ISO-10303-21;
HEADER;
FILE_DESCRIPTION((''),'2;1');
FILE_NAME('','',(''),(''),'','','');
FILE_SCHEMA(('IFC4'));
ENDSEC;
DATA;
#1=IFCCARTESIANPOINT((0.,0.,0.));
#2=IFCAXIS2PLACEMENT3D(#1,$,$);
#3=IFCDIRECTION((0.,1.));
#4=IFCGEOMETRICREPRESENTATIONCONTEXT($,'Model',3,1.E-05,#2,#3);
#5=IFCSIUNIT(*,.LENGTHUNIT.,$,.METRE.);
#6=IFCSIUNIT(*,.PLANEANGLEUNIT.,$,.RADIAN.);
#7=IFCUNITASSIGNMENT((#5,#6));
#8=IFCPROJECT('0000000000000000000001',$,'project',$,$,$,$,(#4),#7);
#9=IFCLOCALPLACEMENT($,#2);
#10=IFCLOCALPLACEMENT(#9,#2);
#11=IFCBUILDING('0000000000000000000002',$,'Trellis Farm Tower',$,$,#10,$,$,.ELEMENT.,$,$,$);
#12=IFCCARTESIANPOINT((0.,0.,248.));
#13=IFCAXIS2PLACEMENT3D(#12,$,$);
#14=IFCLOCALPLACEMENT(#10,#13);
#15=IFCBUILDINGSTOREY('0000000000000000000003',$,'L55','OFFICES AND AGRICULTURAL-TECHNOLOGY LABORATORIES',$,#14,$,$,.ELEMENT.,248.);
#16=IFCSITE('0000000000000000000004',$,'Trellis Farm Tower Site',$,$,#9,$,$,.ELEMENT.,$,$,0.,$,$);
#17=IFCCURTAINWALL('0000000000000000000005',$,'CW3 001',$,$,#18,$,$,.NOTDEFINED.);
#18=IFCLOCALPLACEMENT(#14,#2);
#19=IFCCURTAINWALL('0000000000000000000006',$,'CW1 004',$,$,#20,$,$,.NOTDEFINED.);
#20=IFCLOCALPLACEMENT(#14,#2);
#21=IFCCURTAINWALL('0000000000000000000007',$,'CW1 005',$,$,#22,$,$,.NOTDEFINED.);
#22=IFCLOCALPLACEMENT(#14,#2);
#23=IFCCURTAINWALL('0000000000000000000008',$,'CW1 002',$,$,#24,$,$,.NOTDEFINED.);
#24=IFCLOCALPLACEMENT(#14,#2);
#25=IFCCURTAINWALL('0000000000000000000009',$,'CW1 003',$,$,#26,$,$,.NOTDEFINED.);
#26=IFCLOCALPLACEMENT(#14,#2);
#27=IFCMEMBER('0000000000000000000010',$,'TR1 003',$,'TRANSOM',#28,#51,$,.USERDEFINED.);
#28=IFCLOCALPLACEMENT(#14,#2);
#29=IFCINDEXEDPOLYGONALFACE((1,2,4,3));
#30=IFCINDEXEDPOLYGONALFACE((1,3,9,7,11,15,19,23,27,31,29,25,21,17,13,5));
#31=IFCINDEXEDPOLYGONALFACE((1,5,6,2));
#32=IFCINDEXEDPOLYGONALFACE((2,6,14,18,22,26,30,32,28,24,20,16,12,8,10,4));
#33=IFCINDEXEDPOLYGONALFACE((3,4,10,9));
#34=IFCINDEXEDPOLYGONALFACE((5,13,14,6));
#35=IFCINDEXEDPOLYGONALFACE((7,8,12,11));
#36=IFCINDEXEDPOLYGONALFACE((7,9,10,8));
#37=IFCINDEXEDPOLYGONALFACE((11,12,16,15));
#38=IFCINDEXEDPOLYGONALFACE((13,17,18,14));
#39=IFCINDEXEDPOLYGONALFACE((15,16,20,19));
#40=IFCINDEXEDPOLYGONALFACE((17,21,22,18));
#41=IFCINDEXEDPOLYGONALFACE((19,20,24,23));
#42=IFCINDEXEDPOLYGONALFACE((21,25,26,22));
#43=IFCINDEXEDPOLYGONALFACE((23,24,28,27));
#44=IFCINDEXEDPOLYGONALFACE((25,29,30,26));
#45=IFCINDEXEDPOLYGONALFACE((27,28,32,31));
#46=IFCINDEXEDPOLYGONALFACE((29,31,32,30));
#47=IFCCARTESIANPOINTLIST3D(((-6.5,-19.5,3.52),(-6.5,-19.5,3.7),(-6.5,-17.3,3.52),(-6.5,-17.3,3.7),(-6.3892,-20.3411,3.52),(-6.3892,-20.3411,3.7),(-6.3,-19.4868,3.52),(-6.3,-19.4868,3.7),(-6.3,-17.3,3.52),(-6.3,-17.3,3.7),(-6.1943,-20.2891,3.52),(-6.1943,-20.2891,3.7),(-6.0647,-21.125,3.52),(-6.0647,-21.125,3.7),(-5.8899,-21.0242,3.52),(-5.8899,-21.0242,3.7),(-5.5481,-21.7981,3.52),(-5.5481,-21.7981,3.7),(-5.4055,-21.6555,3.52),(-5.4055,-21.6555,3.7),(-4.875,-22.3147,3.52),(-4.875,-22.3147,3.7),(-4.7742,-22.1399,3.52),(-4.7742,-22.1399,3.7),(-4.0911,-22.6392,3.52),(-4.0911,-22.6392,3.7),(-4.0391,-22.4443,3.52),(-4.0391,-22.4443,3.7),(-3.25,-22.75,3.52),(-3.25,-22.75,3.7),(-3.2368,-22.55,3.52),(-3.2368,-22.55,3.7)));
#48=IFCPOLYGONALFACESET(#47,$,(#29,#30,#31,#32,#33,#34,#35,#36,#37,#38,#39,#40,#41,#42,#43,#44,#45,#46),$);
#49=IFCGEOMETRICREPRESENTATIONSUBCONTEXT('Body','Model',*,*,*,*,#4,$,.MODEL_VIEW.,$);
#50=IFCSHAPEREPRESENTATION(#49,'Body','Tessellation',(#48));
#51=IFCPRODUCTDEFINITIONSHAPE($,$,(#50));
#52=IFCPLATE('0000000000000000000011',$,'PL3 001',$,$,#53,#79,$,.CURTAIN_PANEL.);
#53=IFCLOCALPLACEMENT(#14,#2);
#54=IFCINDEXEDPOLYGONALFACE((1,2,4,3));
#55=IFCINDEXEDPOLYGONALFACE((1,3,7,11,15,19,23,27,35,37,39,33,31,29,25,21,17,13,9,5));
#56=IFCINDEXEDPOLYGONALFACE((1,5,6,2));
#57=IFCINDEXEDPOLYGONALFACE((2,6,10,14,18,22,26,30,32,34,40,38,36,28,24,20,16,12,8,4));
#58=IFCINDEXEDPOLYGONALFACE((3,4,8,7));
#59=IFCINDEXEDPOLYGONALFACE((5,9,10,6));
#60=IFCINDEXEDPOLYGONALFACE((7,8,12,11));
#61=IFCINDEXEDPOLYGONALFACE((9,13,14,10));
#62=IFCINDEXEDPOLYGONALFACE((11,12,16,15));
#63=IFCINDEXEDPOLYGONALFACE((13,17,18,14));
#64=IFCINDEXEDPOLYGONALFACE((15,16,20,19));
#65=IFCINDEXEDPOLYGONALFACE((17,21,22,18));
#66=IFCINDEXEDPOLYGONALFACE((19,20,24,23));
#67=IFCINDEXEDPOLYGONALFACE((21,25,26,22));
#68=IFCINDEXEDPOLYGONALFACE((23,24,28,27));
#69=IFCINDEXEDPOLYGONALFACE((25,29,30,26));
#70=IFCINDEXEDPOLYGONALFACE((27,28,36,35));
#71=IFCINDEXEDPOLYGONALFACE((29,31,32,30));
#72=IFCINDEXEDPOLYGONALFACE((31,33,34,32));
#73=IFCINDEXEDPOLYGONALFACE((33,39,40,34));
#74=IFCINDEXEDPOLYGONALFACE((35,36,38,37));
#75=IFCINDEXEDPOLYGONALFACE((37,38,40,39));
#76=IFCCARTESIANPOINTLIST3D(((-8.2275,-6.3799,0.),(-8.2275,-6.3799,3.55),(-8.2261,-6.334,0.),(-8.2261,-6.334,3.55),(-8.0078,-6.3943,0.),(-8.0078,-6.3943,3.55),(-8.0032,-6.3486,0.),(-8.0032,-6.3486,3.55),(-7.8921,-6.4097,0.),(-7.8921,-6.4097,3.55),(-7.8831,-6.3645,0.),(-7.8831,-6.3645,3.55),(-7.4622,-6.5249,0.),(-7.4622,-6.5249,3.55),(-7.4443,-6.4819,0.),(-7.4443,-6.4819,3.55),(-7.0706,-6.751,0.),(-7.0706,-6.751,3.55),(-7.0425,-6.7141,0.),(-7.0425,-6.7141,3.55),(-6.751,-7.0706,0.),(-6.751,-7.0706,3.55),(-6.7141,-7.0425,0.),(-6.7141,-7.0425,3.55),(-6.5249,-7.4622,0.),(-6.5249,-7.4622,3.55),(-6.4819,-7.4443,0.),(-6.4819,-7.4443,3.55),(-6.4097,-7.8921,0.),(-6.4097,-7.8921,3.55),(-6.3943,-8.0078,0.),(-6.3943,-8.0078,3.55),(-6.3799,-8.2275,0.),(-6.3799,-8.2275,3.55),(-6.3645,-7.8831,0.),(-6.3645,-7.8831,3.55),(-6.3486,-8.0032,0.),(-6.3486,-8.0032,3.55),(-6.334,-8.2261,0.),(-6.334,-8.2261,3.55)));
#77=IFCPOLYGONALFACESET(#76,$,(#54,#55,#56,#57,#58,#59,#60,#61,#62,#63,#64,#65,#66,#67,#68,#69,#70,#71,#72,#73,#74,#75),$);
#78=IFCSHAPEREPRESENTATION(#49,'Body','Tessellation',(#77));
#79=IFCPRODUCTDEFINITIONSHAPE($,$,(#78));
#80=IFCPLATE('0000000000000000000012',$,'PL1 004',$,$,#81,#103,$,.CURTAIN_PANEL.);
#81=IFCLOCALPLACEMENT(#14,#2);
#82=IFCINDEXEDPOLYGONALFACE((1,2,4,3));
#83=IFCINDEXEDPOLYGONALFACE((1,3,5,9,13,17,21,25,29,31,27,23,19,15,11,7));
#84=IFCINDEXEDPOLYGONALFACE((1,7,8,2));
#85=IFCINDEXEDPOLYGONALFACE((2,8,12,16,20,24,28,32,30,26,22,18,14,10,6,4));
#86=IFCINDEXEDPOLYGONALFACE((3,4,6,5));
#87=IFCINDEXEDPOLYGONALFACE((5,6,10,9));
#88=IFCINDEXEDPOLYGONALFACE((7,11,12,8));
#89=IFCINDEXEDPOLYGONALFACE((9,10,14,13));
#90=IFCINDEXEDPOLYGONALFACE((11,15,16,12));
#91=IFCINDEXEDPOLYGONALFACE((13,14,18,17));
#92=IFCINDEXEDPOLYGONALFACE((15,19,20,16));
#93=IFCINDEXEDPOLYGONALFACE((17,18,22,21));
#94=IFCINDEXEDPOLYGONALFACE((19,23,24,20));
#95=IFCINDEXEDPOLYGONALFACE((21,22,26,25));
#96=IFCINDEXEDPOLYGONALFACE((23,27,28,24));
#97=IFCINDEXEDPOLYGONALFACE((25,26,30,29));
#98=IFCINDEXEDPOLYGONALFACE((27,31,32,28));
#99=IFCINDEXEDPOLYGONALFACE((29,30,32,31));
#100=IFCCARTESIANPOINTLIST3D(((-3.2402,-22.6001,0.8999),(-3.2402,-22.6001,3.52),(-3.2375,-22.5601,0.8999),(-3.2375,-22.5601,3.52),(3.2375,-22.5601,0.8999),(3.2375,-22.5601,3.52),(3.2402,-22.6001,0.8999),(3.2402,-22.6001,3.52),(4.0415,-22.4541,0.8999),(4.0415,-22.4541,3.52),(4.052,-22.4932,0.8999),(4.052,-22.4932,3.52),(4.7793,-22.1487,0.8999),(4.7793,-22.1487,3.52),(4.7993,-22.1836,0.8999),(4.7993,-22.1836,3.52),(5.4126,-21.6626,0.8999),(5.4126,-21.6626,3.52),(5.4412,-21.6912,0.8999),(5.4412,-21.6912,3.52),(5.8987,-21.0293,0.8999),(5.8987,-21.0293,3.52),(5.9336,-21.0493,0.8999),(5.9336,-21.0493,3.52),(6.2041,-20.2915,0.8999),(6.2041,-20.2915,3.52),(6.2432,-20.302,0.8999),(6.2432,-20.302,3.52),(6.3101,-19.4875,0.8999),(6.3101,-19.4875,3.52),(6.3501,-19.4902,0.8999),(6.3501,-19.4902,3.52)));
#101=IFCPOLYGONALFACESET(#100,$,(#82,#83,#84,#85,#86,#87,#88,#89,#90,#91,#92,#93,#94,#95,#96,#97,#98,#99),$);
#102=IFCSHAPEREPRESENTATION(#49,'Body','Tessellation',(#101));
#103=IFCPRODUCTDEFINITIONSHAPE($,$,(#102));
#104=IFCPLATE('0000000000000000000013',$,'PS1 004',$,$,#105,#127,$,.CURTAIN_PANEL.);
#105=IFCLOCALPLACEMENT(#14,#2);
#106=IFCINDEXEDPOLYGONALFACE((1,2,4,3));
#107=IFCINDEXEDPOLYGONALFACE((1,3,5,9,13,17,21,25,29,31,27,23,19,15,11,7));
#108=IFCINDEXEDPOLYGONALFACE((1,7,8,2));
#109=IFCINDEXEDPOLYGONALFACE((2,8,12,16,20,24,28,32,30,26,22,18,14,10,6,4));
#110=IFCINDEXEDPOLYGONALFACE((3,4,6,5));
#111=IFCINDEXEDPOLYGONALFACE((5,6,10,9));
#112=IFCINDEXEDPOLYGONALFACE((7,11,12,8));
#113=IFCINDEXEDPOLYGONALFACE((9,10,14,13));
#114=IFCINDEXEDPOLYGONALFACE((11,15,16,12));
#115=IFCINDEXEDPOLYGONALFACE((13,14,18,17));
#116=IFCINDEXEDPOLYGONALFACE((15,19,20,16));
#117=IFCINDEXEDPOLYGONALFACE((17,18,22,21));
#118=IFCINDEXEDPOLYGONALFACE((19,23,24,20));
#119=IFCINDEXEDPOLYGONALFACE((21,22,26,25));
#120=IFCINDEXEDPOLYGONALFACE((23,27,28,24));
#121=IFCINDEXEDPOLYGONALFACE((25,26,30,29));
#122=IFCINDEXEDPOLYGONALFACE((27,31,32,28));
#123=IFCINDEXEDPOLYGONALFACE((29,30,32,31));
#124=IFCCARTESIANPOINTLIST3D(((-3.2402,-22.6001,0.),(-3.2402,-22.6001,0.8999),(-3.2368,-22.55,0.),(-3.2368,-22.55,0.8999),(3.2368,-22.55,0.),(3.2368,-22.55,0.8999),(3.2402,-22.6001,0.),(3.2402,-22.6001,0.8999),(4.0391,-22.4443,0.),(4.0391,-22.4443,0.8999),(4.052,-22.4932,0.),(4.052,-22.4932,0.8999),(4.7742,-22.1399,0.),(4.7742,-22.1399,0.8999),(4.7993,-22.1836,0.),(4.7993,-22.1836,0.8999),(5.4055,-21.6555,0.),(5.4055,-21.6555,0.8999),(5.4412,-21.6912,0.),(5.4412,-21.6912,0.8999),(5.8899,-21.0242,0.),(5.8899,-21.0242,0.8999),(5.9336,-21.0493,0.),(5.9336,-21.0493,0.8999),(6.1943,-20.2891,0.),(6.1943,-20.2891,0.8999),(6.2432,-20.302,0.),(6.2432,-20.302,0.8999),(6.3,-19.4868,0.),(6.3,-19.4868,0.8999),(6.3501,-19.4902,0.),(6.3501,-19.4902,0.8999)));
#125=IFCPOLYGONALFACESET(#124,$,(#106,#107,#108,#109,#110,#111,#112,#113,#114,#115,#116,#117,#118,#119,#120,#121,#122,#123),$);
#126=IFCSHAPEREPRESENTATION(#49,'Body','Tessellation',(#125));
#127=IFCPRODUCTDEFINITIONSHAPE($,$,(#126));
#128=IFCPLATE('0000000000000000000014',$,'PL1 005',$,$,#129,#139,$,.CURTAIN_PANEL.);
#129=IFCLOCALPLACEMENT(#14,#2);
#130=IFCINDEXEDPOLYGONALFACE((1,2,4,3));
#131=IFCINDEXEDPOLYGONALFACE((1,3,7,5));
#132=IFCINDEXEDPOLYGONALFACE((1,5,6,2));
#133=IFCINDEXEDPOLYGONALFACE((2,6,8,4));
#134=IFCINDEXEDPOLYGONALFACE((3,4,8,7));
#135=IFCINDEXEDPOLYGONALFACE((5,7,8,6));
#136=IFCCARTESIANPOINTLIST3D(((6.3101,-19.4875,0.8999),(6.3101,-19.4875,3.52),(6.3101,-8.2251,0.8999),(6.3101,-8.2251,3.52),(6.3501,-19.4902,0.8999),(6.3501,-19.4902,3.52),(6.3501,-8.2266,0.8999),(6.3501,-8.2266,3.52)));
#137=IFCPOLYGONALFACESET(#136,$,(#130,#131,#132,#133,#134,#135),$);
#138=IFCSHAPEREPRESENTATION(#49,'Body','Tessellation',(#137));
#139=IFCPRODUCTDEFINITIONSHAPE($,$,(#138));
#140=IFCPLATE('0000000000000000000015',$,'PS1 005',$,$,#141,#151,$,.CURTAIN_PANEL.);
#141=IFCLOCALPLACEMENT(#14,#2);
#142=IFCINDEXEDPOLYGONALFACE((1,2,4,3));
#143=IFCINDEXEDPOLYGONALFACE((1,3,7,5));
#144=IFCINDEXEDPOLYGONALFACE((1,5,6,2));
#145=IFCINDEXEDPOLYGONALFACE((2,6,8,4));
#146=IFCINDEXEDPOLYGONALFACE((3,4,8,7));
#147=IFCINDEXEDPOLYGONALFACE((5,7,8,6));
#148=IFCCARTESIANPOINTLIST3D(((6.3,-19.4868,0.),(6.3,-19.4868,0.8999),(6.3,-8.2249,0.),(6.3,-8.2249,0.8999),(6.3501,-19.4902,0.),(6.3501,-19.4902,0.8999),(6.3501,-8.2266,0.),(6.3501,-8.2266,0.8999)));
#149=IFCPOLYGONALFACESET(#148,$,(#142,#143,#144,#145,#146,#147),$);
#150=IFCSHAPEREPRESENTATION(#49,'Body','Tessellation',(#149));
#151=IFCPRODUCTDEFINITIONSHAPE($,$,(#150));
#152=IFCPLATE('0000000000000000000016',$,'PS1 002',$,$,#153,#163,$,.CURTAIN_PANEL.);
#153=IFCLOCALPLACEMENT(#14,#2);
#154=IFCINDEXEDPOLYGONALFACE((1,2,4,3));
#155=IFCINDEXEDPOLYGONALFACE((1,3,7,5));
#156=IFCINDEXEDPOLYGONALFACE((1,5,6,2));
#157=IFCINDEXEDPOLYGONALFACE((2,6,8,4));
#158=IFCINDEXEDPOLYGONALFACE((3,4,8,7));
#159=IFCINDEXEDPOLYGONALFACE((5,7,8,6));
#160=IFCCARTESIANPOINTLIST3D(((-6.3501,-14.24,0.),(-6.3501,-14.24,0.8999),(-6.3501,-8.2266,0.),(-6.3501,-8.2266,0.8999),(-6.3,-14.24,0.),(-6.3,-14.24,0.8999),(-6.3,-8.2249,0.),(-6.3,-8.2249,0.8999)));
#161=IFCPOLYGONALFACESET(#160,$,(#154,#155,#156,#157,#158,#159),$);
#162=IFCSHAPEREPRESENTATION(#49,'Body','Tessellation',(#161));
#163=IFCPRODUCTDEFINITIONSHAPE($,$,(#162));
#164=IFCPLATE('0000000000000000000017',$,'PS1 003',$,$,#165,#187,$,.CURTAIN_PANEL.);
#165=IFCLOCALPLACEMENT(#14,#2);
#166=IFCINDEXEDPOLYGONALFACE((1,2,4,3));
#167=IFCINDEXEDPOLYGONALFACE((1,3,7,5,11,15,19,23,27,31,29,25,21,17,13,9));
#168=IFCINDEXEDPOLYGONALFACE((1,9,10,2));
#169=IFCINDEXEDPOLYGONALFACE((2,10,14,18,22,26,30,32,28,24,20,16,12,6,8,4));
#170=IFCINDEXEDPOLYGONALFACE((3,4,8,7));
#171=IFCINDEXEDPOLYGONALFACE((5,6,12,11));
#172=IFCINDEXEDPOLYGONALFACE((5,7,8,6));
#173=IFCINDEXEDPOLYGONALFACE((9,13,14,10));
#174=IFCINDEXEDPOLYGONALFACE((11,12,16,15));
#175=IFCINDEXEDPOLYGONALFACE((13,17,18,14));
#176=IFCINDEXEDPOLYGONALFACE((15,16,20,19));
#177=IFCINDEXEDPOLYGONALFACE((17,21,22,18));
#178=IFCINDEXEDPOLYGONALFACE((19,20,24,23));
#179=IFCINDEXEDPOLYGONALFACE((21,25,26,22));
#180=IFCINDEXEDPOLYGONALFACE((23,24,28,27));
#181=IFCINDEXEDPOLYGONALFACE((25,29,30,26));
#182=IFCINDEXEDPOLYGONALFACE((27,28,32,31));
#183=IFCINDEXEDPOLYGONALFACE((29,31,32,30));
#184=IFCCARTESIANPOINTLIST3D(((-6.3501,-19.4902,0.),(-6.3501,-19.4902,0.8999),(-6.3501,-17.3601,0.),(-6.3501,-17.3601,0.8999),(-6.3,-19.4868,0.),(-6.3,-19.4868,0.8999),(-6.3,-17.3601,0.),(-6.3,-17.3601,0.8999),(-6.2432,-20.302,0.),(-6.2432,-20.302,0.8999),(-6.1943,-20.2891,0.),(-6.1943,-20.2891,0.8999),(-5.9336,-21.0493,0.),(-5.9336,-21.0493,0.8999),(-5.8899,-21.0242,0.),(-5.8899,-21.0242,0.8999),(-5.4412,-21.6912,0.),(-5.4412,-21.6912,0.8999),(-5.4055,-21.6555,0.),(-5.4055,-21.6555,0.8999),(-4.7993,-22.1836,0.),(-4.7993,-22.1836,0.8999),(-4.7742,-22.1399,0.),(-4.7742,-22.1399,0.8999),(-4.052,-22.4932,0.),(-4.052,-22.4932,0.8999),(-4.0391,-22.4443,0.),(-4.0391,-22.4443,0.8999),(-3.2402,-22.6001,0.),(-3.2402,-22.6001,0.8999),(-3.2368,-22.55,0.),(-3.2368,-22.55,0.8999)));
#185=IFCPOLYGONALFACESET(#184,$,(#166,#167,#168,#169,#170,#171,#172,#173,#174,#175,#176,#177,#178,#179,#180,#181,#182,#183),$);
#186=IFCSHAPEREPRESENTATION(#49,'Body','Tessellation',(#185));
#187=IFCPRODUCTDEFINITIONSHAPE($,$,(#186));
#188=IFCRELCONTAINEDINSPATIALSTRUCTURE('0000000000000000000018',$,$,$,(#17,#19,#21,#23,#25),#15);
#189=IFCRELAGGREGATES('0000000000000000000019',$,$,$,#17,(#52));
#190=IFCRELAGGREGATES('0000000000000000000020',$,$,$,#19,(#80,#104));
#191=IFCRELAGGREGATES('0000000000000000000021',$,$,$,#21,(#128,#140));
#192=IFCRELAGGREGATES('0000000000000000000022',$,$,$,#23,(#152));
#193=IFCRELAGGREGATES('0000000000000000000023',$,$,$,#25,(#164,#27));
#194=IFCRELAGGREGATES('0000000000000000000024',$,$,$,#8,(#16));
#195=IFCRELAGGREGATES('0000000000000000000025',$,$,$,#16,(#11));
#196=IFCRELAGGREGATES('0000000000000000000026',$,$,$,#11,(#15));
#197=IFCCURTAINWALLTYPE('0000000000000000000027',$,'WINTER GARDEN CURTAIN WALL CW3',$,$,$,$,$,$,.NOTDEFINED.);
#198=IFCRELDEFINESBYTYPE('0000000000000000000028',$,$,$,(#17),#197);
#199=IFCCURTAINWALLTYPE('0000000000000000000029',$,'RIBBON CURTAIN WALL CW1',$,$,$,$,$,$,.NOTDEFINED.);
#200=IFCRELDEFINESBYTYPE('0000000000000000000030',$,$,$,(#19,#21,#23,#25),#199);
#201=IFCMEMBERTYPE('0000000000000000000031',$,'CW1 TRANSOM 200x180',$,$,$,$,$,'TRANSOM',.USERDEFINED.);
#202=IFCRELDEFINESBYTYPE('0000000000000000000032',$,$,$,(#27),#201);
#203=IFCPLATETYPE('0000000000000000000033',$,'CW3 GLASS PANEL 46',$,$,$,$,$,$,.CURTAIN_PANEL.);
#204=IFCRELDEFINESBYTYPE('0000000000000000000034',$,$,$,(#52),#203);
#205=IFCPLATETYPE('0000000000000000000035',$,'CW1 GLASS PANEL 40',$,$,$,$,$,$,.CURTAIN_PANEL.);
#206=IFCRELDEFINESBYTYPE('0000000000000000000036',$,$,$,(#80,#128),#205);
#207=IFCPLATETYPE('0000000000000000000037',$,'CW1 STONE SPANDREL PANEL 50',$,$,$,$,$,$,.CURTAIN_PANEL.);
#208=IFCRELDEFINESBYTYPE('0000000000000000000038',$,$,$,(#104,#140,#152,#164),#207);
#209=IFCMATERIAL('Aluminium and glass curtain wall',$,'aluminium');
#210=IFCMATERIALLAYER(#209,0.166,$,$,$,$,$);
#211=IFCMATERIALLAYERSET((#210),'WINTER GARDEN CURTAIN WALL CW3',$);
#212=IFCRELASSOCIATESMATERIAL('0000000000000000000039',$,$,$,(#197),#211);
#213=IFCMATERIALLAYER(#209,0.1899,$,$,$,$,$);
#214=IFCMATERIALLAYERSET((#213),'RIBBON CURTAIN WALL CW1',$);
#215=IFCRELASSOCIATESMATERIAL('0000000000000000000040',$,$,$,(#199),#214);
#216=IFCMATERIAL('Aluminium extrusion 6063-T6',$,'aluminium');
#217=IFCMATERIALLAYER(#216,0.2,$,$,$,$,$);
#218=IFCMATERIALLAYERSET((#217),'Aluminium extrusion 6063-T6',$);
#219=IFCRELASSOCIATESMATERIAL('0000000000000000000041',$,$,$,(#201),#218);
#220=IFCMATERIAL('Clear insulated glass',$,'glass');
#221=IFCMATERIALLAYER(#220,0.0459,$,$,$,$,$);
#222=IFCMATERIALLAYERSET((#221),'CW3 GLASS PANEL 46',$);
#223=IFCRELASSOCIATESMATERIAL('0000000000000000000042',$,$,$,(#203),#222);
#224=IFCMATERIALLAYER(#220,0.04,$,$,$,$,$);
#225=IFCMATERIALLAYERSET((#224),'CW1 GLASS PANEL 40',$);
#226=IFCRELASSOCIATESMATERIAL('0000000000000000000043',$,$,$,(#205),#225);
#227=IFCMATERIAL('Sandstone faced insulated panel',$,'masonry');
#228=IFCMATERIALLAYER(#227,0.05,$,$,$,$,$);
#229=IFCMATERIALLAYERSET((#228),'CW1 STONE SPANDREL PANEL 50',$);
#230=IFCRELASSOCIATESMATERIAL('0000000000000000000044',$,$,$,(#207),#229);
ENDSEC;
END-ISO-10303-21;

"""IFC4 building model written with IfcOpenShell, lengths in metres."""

from ifc_helpers import new_model, si_unit, direction, frame, origin, place, context, subcontext, project, spatial, polyline, outline, extrude, source, transform, mapped, material, layer, layer_set, type_object, element, aggregate, save


model = new_model("IFC4")

# Units and contexts
model_context = context("Model", 3, precision=1e-05, world=origin(), true_north=direction((0.0, 1.0)))
body_context = subcontext(model_context, "Body", "Model", "MODEL_VIEW")
ifc_project = project(units=[si_unit("LENGTHUNIT", "METRE"), si_unit("PLANEANGLEUNIT", "RADIAN")], contexts=[model_context])

# Site, building, storey
site_placement = place(None, origin())
site = spatial("IfcSite", under=ifc_project, at=site_placement, Name="Trellis Farm Tower Site", CompositionType="ELEMENT", RefElevation=0.0)
building_placement = place(site_placement, origin())
building = spatial("IfcBuilding", under=site, at=building_placement, Name="Trellis Farm Tower", CompositionType="ELEMENT")
storey_placement = place(building_placement, frame((0.0, 0.0, 248.0)))
storey = spatial("IfcBuildingStorey", under=building, at=storey_placement, Name="L55", Description="OFFICES AND AGRICULTURAL-TECHNOLOGY LABORATORIES", CompositionType="ELEMENT", Elevation=248.0)

# Curtain walls, member
ifc_material_1 = material(Name="Aluminium and glass curtain wall", Category="aluminium")
ifc_layer_1 = layer(ifc_material_1, 0.166)
ifc_layer_set_1 = layer_set([ifc_layer_1], Name="WINTER GARDEN CURTAIN WALL CW3")
curtain_wall_type_1 = type_object("IfcCurtainWallType", Name="WINTER GARDEN CURTAIN WALL CW3", PredefinedType="NOTDEFINED", material=ifc_layer_set_1)
placement_1 = place(storey_placement, origin())
curtain_wall_1 = element("IfcCurtainWall", 1, at=placement_1, inside=storey, type_object=curtain_wall_type_1, Name="CW3 001", PredefinedType="NOTDEFINED")
ifc_material_2 = material(Name="Aluminium extrusion 6063-T6", Category="aluminium")
ifc_layer_2 = layer(ifc_material_1, 0.1899)
ifc_layer_set_2 = layer_set([ifc_layer_2], Name="RIBBON CURTAIN WALL CW1")
curtain_wall_type_2 = type_object("IfcCurtainWallType", Name="RIBBON CURTAIN WALL CW1", PredefinedType="NOTDEFINED", material=ifc_layer_set_2)
ifc_layer_3 = layer(ifc_material_2, 0.2)
ifc_layer_set_3 = layer_set([ifc_layer_3], Name="Aluminium extrusion 6063-T6")
member_type_1 = type_object("IfcMemberType", Name="CW1 TRANSOM 200x180", ElementType="TRANSOM", PredefinedType="USERDEFINED", material=ifc_layer_set_3)
placement_2 = place(storey_placement, frame((0.0, 0.0, 3.52)))
curtain_wall_2 = element("IfcCurtainWall", 2, at=placement_1, inside=storey, type_object=curtain_wall_type_2, Name="CW1 004", PredefinedType="NOTDEFINED")
curtain_wall_3 = element("IfcCurtainWall", 3, at=placement_1, inside=storey, type_object=curtain_wall_type_2, Name="CW1 005", PredefinedType="NOTDEFINED")
curtain_wall_4 = element("IfcCurtainWall", 4, at=placement_1, inside=storey, type_object=curtain_wall_type_2, Name="CW1 002", PredefinedType="NOTDEFINED")
curtain_wall_5 = element("IfcCurtainWall", 5, at=placement_1, inside=storey, type_object=curtain_wall_type_2, Name="CW1 003", PredefinedType="NOTDEFINED")
shared_shape_1 = source(origin(), body_context, "Body", "SweptSolid", [
    extrude(outline(polyline([(-6.5, -17.3), (-6.5, -19.5), (-6.3892, -20.3411), (-6.0647, -21.125), (-5.5481, -21.7981), (-4.875, -22.3147), (-4.0911, -22.6392), (-3.25, -22.75), (-3.2368, -22.55), (-4.0391, -22.4443), (-4.7742, -22.1399), (-5.4055, -21.6555), (-5.8899, -21.0242), (-6.1943, -20.2891), (-6.3, -19.4868), (-6.3, -17.3), (-6.5, -17.3)])), origin(), (0.0, 0.0, 1.0), 0.1799),
])
member_1 = element("IfcMember", 6, at=placement_2, type_object=member_type_1, Name="TR1 003", ObjectType="TRANSOM", PredefinedType="USERDEFINED", context=body_context, shape_type="MappedRepresentation", body=[
    mapped(shared_shape_1, transform((0.0, 0.0, 0.0))),
])

# Plates
ifc_material_3 = material(Name="Clear insulated glass", Category="glass")
ifc_layer_4 = layer(ifc_material_3, 0.0459)
ifc_layer_set_4 = layer_set([ifc_layer_4], Name="CW3 GLASS PANEL 46")
plate_type_1 = type_object("IfcPlateType", Name="CW3 GLASS PANEL 46", PredefinedType="CURTAIN_PANEL", material=ifc_layer_set_4)
shared_shape_2 = source(origin(), body_context, "Body", "SweptSolid", [
    extrude(outline(polyline([(-8.2275, -6.3799), (-8.0078, -6.3943), (-7.8921, -6.4097), (-7.4622, -6.5249), (-7.0706, -6.751), (-6.751, -7.0706), (-6.5249, -7.4622), (-6.4097, -7.8921), (-6.3943, -8.0078), (-6.3799, -8.2275), (-6.334, -8.2261), (-6.3486, -8.0032), (-6.3645, -7.8831), (-6.4819, -7.4443), (-6.7141, -7.0425), (-7.0425, -6.7141), (-7.4443, -6.4819), (-7.8831, -6.3645), (-8.0032, -6.3486), (-8.2261, -6.334), (-8.2275, -6.3799)])), origin(), (0.0, 0.0, 1.0), 3.55),
])
plate_1 = element("IfcPlate", 7, at=placement_1, type_object=plate_type_1, Name="PL3 001", PredefinedType="CURTAIN_PANEL", context=body_context, shape_type="MappedRepresentation", body=[
    mapped(shared_shape_2, transform((0.0, 0.0, 0.0))),
])
aggregate(curtain_wall_1, [plate_1])
ifc_layer_5 = layer(ifc_material_3, 0.04)
ifc_layer_set_5 = layer_set([ifc_layer_5], Name="CW1 GLASS PANEL 40")
plate_type_2 = type_object("IfcPlateType", Name="CW1 GLASS PANEL 40", PredefinedType="CURTAIN_PANEL", material=ifc_layer_set_5)
shared_shape_3 = source(origin(), body_context, "Body", "SweptSolid", [
    extrude(outline(polyline([(-3.2402, -22.6001), (3.2402, -22.6001), (4.052, -22.4932), (4.7993, -22.1836), (5.4412, -21.6912), (5.9336, -21.0493), (6.2432, -20.302), (6.3501, -19.4902), (6.3101, -19.4875), (6.2041, -20.2915), (5.8987, -21.0293), (5.4126, -21.6626), (4.7793, -22.1487), (4.0415, -22.4541), (3.2375, -22.5601), (-3.2375, -22.5601), (-3.2402, -22.6001)])), origin(), (0.0, 0.0, 1.0), 2.6201),
])
placement_3 = place(storey_placement, frame((0.0, 0.0, 0.8999)))
plate_2 = element("IfcPlate", 8, at=placement_3, type_object=plate_type_2, Name="PL1 004", PredefinedType="CURTAIN_PANEL", context=body_context, shape_type="MappedRepresentation", body=[
    mapped(shared_shape_3, transform((0.0, 0.0, 0.0))),
])
ifc_material_4 = material(Name="Sandstone faced insulated panel", Category="masonry")
ifc_layer_6 = layer(ifc_material_4, 0.05)
ifc_layer_set_6 = layer_set([ifc_layer_6], Name="CW1 STONE SPANDREL PANEL 50")
plate_type_3 = type_object("IfcPlateType", Name="CW1 STONE SPANDREL PANEL 50", PredefinedType="CURTAIN_PANEL", material=ifc_layer_set_6)
shared_shape_4 = source(origin(), body_context, "Body", "SweptSolid", [
    extrude(outline(polyline([(-3.2402, -22.6001), (3.2402, -22.6001), (4.052, -22.4932), (4.7993, -22.1836), (5.4412, -21.6912), (5.9336, -21.0493), (6.2432, -20.302), (6.3501, -19.4902), (6.3, -19.4868), (6.1943, -20.2891), (5.8899, -21.0242), (5.4055, -21.6555), (4.7742, -22.1399), (4.0391, -22.4443), (3.2368, -22.55), (-3.2368, -22.55), (-3.2402, -22.6001)])), origin(), (0.0, 0.0, 1.0), 0.8999),
])
plate_3 = element("IfcPlate", 9, at=placement_1, type_object=plate_type_3, Name="PS1 004", PredefinedType="CURTAIN_PANEL", context=body_context, shape_type="MappedRepresentation", body=[
    mapped(shared_shape_4, transform((0.0, 0.0, 0.0))),
])
aggregate(curtain_wall_2, [plate_2, plate_3])
shared_shape_5 = source(origin(), body_context, "Body", "SweptSolid", [
    extrude(outline(polyline([(6.3501, -19.4902), (6.3501, -8.2266), (6.3101, -8.2251), (6.3101, -19.4875), (6.3501, -19.4902)])), origin(), (0.0, 0.0, 1.0), 2.6201),
])
plate_4 = element("IfcPlate", 10, at=placement_3, type_object=plate_type_2, Name="PL1 005", PredefinedType="CURTAIN_PANEL", context=body_context, shape_type="MappedRepresentation", body=[
    mapped(shared_shape_5, transform((0.0, 0.0, 0.0))),
])
shared_shape_6 = source(origin(), body_context, "Body", "SweptSolid", [
    extrude(outline(polyline([(6.3501, -19.4902), (6.3501, -8.2266), (6.3, -8.2249), (6.3, -19.4868), (6.3501, -19.4902)])), origin(), (0.0, 0.0, 1.0), 0.8999),
])
plate_5 = element("IfcPlate", 11, at=placement_1, type_object=plate_type_3, Name="PS1 005", PredefinedType="CURTAIN_PANEL", context=body_context, shape_type="MappedRepresentation", body=[
    mapped(shared_shape_6, transform((0.0, 0.0, 0.0))),
])
aggregate(curtain_wall_3, [plate_4, plate_5])
shared_shape_7 = source(origin(), body_context, "Body", "SweptSolid", [
    extrude(outline(polyline([(-6.3501, -8.2266), (-6.3501, -14.24), (-6.3, -14.24), (-6.3, -8.2249), (-6.3501, -8.2266)])), origin(), (0.0, 0.0, 1.0), 0.8999),
])
plate_6 = element("IfcPlate", 12, at=placement_1, type_object=plate_type_3, Name="PS1 002", PredefinedType="CURTAIN_PANEL", context=body_context, shape_type="MappedRepresentation", body=[
    mapped(shared_shape_7, transform((0.0, 0.0, 0.0))),
])
shared_shape_8 = source(origin(), body_context, "Body", "SweptSolid", [
    extrude(outline(polyline([(-6.3501, -17.3601), (-6.3501, -19.4902), (-6.2432, -20.302), (-5.9336, -21.0493), (-5.4412, -21.6912), (-4.7993, -22.1836), (-4.052, -22.4932), (-3.2402, -22.6001), (-3.2368, -22.55), (-4.0391, -22.4443), (-4.7742, -22.1399), (-5.4055, -21.6555), (-5.8899, -21.0242), (-6.1943, -20.2891), (-6.3, -19.4868), (-6.3, -17.3601), (-6.3501, -17.3601)])), origin(), (0.0, 0.0, 1.0), 0.8999),
])
plate_7 = element("IfcPlate", 13, at=placement_1, type_object=plate_type_3, Name="PS1 003", PredefinedType="CURTAIN_PANEL", context=body_context, shape_type="MappedRepresentation", body=[
    mapped(shared_shape_8, transform((0.0, 0.0, 0.0))),
])
aggregate(curtain_wall_4, [plate_6])
aggregate(curtain_wall_5, [plate_7, member_1])

save(model, "model.ifc")
